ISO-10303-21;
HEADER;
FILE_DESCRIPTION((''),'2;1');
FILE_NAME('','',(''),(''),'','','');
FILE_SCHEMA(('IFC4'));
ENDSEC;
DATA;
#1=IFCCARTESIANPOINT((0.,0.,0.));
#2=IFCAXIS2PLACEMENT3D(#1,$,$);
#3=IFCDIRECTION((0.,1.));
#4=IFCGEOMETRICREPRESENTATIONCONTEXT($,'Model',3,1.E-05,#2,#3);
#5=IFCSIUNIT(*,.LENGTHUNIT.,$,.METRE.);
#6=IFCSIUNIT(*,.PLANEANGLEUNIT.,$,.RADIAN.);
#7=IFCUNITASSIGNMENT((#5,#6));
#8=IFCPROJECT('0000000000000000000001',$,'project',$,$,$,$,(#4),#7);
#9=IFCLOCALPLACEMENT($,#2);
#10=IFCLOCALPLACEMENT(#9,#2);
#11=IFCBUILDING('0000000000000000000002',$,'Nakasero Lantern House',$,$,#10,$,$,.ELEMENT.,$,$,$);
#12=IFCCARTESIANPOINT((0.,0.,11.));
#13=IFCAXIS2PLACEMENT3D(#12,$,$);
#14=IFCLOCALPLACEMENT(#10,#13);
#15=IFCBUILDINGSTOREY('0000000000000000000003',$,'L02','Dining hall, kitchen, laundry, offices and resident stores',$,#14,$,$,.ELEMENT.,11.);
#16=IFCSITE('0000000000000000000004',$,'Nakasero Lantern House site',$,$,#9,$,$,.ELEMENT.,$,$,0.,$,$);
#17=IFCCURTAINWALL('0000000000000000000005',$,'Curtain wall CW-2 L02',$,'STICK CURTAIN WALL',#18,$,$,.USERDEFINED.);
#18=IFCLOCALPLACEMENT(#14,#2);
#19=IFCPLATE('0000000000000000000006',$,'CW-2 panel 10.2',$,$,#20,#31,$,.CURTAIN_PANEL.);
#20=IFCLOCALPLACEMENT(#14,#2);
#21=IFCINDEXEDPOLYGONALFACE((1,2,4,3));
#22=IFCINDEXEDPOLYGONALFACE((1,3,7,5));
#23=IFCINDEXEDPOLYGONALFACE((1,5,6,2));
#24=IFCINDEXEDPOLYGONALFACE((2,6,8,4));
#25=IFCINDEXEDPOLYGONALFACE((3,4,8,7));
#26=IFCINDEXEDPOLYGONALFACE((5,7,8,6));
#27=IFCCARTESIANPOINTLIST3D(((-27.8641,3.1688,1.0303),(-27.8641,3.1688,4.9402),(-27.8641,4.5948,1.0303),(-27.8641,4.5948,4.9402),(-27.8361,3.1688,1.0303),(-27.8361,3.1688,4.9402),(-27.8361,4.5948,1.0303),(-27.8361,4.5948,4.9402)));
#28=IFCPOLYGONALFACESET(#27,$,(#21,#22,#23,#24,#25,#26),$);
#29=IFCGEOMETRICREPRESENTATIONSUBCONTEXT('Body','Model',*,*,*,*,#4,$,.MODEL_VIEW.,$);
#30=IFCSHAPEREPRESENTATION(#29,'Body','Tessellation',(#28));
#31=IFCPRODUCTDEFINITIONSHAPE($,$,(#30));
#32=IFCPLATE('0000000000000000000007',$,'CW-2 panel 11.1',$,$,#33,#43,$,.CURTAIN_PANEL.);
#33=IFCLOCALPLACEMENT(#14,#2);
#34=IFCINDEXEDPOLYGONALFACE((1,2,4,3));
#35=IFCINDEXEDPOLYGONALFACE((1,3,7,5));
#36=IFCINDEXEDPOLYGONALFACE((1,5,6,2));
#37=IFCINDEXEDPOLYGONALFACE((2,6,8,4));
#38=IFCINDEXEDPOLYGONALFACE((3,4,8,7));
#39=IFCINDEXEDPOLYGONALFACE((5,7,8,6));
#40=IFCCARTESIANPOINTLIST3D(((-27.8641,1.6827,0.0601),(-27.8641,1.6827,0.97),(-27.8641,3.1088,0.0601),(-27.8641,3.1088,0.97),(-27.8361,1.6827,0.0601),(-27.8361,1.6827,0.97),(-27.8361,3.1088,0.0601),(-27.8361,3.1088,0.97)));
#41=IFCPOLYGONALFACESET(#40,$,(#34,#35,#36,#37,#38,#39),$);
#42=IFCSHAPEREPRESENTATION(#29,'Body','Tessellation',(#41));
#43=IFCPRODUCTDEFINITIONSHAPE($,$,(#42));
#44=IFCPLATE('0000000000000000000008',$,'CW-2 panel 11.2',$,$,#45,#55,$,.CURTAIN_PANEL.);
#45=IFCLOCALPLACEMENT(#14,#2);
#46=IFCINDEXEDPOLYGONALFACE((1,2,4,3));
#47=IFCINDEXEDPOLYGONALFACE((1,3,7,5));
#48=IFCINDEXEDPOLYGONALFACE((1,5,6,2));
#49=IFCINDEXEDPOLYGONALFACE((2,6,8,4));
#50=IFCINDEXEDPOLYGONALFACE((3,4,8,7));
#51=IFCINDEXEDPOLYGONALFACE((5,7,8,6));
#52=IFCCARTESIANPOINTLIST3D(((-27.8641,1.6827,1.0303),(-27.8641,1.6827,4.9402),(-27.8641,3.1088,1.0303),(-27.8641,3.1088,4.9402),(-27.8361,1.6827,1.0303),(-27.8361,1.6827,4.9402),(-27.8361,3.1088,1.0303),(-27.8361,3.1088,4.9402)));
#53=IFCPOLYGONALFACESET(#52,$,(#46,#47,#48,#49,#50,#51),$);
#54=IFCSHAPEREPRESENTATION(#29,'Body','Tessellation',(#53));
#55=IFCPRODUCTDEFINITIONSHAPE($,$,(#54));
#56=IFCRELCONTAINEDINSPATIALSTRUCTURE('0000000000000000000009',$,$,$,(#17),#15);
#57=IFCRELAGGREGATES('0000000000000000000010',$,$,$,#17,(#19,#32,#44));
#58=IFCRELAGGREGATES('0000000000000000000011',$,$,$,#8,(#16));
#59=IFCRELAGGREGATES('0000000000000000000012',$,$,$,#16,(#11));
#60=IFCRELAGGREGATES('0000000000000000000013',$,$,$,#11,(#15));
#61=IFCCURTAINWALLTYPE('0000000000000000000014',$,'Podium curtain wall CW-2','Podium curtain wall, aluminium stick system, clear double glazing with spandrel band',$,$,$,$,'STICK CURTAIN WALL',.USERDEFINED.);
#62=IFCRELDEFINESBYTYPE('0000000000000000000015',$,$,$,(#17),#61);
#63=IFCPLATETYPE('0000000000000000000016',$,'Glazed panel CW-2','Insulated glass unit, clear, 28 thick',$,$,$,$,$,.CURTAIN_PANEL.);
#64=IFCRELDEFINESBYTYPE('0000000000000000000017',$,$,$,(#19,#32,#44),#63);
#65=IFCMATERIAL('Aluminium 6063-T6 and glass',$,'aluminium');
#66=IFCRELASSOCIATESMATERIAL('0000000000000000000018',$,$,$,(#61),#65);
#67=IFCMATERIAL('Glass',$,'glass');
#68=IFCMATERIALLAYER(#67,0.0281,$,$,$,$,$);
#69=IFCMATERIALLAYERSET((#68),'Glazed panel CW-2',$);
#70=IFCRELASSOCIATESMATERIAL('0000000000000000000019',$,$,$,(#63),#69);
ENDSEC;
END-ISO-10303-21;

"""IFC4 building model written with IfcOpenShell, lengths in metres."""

from ifc_helpers import new_model, si_unit, direction, frame, origin, origin_2d, place, context, subcontext, project, spatial, rectangle, extrude, material, layer, layer_set, type_object, element, aggregate, save


model = new_model("IFC4")

# Units and contexts
model_context = context("Model", 3, precision=1e-05, world=origin(), true_north=direction((0.0, 1.0)))
body_context = subcontext(model_context, "Body", "Model", "MODEL_VIEW")
ifc_project = project(units=[si_unit("LENGTHUNIT", "METRE"), si_unit("PLANEANGLEUNIT", "RADIAN")], contexts=[model_context])

# Site, building, storey
site_placement = place(None, origin())
site = spatial("IfcSite", under=ifc_project, at=site_placement, Name="Nakasero Lantern House site", CompositionType="ELEMENT", RefElevation=0.0)
building_placement = place(site_placement, origin())
building = spatial("IfcBuilding", under=site, at=building_placement, Name="Nakasero Lantern House", CompositionType="ELEMENT")
storey_placement = place(building_placement, frame((0.0, 0.0, 11.0)))
storey = spatial("IfcBuildingStorey", under=building, at=storey_placement, Name="L02", Description="Dining hall, kitchen, laundry, offices and resident stores", CompositionType="ELEMENT", Elevation=11.0)

# Curtain wall
ifc_material_1 = material(Name="Aluminium 6063-T6 and glass", Category="aluminium")
curtain_wall_type = type_object("IfcCurtainWallType", Name="Podium curtain wall CW-2", Description="Podium curtain wall, aluminium stick system, clear double glazing with spandrel band", ElementType="STICK CURTAIN WALL", PredefinedType="USERDEFINED", material=ifc_material_1)
curtain_wall_placement = place(storey_placement, origin())
curtain_wall = element("IfcCurtainWall", 1, at=curtain_wall_placement, inside=storey, type_object=curtain_wall_type, Name="Curtain wall CW-2 L02", ObjectType="STICK CURTAIN WALL", PredefinedType="USERDEFINED")

# Plates
ifc_material_2 = material(Name="Glass", Category="glass")
ifc_layer = layer(ifc_material_2, 0.0281)
ifc_layer_set = layer_set([ifc_layer], Name="Glazed panel CW-2")
plate_type = type_object("IfcPlateType", Name="Glazed panel CW-2", Description="Insulated glass unit, clear, 28 thick", PredefinedType="CURTAIN_PANEL", material=ifc_layer_set)
plate_1_placement = place(storey_placement, frame((-27.8501, 3.8818, 1.0303), z_axis=(0.0, 0.0, 1.0), x_axis=(0.0, -1.0, 0.0)))
plate_1 = element("IfcPlate", 2, at=plate_1_placement, type_object=plate_type, Name="CW-2 panel 10.2", PredefinedType="CURTAIN_PANEL", context=body_context, shape_type="SweptSolid", body=[
    extrude(rectangle(XDim=1.426, YDim=0.0281, at=origin_2d()), origin(), (0.0, 0.0, 1.0), 3.9099),
])
plate_2_placement = place(storey_placement, frame((-27.8501, 2.3958, 0.0601), z_axis=(0.0, 0.0, 1.0), x_axis=(0.0, -1.0, 0.0)))
plate_2 = element("IfcPlate", 3, at=plate_2_placement, type_object=plate_type, Name="CW-2 panel 11.1", PredefinedType="CURTAIN_PANEL", context=body_context, shape_type="SweptSolid", body=[
    extrude(rectangle(XDim=1.426, YDim=0.0281, at=origin_2d()), origin(), (0.0, 0.0, 1.0), 0.9099),
])
plate_3_placement = place(storey_placement, frame((-27.8501, 2.3958, 1.0303), z_axis=(0.0, 0.0, 1.0), x_axis=(0.0, -1.0, 0.0)))
plate_3 = element("IfcPlate", 4, at=plate_3_placement, type_object=plate_type, Name="CW-2 panel 11.2", PredefinedType="CURTAIN_PANEL", context=body_context, shape_type="SweptSolid", body=[
    extrude(rectangle(XDim=1.426, YDim=0.0281, at=origin_2d()), origin(), (0.0, 0.0, 1.0), 3.9099),
])
aggregate(curtain_wall, [plate_1, plate_2, plate_3])

save(model, "model.ifc")
